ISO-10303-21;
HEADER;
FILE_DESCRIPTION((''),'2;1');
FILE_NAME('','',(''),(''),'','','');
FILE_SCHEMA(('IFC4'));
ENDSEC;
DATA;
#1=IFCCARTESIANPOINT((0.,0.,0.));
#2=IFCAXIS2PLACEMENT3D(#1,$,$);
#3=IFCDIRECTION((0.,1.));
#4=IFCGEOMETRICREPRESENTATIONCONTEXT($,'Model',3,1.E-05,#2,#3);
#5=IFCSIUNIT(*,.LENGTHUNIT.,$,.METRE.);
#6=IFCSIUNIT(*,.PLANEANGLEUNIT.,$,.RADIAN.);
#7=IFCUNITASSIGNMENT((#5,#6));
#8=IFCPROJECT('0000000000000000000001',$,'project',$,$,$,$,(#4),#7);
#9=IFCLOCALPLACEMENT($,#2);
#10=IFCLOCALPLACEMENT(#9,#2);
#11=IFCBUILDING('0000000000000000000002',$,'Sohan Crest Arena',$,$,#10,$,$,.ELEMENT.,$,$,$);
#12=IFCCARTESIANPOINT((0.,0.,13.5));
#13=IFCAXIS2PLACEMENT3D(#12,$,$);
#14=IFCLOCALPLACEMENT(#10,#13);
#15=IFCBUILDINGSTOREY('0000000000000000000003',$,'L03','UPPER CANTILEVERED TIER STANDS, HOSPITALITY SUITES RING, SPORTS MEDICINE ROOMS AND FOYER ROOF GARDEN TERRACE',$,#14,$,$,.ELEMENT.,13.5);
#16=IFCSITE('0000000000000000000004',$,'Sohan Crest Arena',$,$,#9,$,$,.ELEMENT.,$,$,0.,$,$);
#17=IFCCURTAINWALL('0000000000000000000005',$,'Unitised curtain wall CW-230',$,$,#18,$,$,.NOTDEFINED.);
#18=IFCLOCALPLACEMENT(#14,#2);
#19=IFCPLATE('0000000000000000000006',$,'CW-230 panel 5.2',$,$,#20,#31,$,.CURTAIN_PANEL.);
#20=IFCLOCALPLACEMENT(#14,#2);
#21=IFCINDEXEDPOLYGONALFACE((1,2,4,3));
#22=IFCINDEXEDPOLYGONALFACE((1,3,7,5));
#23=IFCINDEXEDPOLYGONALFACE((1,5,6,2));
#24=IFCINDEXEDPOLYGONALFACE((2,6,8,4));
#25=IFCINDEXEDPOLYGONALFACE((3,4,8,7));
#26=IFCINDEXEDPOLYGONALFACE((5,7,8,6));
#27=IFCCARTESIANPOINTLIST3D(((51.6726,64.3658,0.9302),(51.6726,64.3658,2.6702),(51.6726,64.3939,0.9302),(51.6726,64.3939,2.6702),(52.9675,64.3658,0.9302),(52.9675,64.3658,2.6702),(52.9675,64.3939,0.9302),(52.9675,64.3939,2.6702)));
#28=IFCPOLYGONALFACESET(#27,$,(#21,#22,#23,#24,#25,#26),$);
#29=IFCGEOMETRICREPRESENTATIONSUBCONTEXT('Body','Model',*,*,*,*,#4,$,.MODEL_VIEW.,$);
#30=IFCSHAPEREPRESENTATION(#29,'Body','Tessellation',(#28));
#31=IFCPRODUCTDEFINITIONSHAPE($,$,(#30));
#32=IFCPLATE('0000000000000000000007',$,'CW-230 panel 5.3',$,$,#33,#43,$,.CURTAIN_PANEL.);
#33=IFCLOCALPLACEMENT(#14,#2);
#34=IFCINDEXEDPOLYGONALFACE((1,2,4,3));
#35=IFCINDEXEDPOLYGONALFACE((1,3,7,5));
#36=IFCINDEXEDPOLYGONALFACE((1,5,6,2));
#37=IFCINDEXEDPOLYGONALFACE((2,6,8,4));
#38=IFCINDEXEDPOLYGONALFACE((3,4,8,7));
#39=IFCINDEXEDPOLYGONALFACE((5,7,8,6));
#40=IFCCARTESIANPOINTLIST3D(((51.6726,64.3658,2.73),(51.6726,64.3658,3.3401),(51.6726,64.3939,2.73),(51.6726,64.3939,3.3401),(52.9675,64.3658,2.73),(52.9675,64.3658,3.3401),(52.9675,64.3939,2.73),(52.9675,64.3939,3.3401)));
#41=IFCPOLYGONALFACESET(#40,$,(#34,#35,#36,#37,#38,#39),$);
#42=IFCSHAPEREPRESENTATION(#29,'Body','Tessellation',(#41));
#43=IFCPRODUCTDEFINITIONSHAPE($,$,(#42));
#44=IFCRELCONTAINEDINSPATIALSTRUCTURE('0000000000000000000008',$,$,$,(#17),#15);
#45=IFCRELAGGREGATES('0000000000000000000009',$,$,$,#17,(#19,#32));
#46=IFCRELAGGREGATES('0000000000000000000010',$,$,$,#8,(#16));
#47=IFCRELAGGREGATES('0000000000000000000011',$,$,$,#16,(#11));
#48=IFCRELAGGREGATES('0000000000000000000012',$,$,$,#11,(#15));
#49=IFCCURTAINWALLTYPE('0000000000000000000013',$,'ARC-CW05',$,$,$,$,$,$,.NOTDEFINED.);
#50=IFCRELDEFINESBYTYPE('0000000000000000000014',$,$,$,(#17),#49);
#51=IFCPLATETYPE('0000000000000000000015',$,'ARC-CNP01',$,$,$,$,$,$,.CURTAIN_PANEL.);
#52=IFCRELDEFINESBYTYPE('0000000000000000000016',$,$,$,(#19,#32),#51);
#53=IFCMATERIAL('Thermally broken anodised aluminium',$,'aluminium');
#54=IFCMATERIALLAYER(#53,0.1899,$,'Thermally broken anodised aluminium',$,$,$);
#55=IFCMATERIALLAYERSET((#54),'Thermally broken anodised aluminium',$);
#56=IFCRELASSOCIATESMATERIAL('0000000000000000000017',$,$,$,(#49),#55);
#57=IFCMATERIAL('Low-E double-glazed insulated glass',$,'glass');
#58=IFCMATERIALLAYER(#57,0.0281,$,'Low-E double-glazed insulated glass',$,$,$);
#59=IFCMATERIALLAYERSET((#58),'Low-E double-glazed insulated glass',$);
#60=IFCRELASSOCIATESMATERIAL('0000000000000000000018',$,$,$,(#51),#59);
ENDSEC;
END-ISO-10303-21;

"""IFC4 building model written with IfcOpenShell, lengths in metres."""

from ifc_helpers import new_model, si_unit, direction, frame, origin, origin_2d, place, context, subcontext, project, spatial, rectangle, extrude, material, layer, layer_set, type_object, element, aggregate, save


model = new_model("IFC4")

# Units and contexts
model_context = context("Model", 3, precision=1e-05, world=origin(), true_north=direction((0.0, 1.0)))
body_context = subcontext(model_context, "Body", "Model", "MODEL_VIEW")
ifc_project = project(units=[si_unit("LENGTHUNIT", "METRE"), si_unit("PLANEANGLEUNIT", "RADIAN")], contexts=[model_context])

# Site, building, storey
site_placement = place(None, origin())
site = spatial("IfcSite", under=ifc_project, at=site_placement, Name="Sohan Crest Arena", CompositionType="ELEMENT", RefElevation=0.0)
building_placement = place(site_placement, origin())
building = spatial("IfcBuilding", under=site, at=building_placement, Name="Sohan Crest Arena", CompositionType="ELEMENT")
storey_placement = place(building_placement, frame((0.0, 0.0, 13.5)))
storey = spatial("IfcBuildingStorey", under=building, at=storey_placement, Name="L03", Description="UPPER CANTILEVERED TIER STANDS, HOSPITALITY SUITES RING, SPORTS MEDICINE ROOMS AND FOYER ROOF GARDEN TERRACE", CompositionType="ELEMENT", Elevation=13.5)

# Shared definitions
ifc_material_1 = material(Name="Thermally broken anodised aluminium", Category="aluminium")
ifc_layer_1 = layer(ifc_material_1, 0.1899, Name="Thermally broken anodised aluminium")
ifc_layer_set_1 = layer_set([ifc_layer_1], Name="Thermally broken anodised aluminium")
curtain_wall_type = type_object("IfcCurtainWallType", Name="ARC-CW05", PredefinedType="NOTDEFINED", material=ifc_layer_set_1)

# Curtain wall
curtain_wall_1_placement = place(storey_placement, origin())
curtain_wall_1 = element("IfcCurtainWall", 1, at=curtain_wall_1_placement, inside=storey, type_object=curtain_wall_type, Name="Unitised curtain wall CW-230", PredefinedType="NOTDEFINED")

# Plates
ifc_material_2 = material(Name="Low-E double-glazed insulated glass", Category="glass")
ifc_layer_2 = layer(ifc_material_2, 0.0281, Name="Low-E double-glazed insulated glass")
ifc_layer_set_2 = layer_set([ifc_layer_2], Name="Low-E double-glazed insulated glass")
plate_type = type_object("IfcPlateType", Name="ARC-CNP01", PredefinedType="CURTAIN_PANEL", material=ifc_layer_set_2)
plate_1_placement = place(storey_placement, frame((52.3201, 64.3799, 0.9302), z_axis=(0.0, 0.0, 1.0), x_axis=(1.0, 0.0, 0.0)))
plate_1 = element("IfcPlate", 2, at=plate_1_placement, type_object=plate_type, Name="CW-230 panel 5.2", PredefinedType="CURTAIN_PANEL", context=body_context, shape_type="SweptSolid", body=[
    extrude(rectangle(XDim=1.2949, YDim=0.0281, at=origin_2d()), origin(), (0.0, 0.0, 1.0), 1.74),
])
plate_2_placement = place(storey_placement, frame((52.3201, 64.3799, 2.73), z_axis=(0.0, 0.0, 1.0), x_axis=(1.0, 0.0, 0.0)))
plate_2 = element("IfcPlate", 3, at=plate_2_placement, type_object=plate_type, Name="CW-230 panel 5.3", PredefinedType="CURTAIN_PANEL", context=body_context, shape_type="SweptSolid", body=[
    extrude(rectangle(XDim=1.2949, YDim=0.0281, at=origin_2d()), origin(), (0.0, 0.0, 1.0), 0.6101),
])
aggregate(curtain_wall_1, [plate_1, plate_2])

save(model, "model.ifc")
